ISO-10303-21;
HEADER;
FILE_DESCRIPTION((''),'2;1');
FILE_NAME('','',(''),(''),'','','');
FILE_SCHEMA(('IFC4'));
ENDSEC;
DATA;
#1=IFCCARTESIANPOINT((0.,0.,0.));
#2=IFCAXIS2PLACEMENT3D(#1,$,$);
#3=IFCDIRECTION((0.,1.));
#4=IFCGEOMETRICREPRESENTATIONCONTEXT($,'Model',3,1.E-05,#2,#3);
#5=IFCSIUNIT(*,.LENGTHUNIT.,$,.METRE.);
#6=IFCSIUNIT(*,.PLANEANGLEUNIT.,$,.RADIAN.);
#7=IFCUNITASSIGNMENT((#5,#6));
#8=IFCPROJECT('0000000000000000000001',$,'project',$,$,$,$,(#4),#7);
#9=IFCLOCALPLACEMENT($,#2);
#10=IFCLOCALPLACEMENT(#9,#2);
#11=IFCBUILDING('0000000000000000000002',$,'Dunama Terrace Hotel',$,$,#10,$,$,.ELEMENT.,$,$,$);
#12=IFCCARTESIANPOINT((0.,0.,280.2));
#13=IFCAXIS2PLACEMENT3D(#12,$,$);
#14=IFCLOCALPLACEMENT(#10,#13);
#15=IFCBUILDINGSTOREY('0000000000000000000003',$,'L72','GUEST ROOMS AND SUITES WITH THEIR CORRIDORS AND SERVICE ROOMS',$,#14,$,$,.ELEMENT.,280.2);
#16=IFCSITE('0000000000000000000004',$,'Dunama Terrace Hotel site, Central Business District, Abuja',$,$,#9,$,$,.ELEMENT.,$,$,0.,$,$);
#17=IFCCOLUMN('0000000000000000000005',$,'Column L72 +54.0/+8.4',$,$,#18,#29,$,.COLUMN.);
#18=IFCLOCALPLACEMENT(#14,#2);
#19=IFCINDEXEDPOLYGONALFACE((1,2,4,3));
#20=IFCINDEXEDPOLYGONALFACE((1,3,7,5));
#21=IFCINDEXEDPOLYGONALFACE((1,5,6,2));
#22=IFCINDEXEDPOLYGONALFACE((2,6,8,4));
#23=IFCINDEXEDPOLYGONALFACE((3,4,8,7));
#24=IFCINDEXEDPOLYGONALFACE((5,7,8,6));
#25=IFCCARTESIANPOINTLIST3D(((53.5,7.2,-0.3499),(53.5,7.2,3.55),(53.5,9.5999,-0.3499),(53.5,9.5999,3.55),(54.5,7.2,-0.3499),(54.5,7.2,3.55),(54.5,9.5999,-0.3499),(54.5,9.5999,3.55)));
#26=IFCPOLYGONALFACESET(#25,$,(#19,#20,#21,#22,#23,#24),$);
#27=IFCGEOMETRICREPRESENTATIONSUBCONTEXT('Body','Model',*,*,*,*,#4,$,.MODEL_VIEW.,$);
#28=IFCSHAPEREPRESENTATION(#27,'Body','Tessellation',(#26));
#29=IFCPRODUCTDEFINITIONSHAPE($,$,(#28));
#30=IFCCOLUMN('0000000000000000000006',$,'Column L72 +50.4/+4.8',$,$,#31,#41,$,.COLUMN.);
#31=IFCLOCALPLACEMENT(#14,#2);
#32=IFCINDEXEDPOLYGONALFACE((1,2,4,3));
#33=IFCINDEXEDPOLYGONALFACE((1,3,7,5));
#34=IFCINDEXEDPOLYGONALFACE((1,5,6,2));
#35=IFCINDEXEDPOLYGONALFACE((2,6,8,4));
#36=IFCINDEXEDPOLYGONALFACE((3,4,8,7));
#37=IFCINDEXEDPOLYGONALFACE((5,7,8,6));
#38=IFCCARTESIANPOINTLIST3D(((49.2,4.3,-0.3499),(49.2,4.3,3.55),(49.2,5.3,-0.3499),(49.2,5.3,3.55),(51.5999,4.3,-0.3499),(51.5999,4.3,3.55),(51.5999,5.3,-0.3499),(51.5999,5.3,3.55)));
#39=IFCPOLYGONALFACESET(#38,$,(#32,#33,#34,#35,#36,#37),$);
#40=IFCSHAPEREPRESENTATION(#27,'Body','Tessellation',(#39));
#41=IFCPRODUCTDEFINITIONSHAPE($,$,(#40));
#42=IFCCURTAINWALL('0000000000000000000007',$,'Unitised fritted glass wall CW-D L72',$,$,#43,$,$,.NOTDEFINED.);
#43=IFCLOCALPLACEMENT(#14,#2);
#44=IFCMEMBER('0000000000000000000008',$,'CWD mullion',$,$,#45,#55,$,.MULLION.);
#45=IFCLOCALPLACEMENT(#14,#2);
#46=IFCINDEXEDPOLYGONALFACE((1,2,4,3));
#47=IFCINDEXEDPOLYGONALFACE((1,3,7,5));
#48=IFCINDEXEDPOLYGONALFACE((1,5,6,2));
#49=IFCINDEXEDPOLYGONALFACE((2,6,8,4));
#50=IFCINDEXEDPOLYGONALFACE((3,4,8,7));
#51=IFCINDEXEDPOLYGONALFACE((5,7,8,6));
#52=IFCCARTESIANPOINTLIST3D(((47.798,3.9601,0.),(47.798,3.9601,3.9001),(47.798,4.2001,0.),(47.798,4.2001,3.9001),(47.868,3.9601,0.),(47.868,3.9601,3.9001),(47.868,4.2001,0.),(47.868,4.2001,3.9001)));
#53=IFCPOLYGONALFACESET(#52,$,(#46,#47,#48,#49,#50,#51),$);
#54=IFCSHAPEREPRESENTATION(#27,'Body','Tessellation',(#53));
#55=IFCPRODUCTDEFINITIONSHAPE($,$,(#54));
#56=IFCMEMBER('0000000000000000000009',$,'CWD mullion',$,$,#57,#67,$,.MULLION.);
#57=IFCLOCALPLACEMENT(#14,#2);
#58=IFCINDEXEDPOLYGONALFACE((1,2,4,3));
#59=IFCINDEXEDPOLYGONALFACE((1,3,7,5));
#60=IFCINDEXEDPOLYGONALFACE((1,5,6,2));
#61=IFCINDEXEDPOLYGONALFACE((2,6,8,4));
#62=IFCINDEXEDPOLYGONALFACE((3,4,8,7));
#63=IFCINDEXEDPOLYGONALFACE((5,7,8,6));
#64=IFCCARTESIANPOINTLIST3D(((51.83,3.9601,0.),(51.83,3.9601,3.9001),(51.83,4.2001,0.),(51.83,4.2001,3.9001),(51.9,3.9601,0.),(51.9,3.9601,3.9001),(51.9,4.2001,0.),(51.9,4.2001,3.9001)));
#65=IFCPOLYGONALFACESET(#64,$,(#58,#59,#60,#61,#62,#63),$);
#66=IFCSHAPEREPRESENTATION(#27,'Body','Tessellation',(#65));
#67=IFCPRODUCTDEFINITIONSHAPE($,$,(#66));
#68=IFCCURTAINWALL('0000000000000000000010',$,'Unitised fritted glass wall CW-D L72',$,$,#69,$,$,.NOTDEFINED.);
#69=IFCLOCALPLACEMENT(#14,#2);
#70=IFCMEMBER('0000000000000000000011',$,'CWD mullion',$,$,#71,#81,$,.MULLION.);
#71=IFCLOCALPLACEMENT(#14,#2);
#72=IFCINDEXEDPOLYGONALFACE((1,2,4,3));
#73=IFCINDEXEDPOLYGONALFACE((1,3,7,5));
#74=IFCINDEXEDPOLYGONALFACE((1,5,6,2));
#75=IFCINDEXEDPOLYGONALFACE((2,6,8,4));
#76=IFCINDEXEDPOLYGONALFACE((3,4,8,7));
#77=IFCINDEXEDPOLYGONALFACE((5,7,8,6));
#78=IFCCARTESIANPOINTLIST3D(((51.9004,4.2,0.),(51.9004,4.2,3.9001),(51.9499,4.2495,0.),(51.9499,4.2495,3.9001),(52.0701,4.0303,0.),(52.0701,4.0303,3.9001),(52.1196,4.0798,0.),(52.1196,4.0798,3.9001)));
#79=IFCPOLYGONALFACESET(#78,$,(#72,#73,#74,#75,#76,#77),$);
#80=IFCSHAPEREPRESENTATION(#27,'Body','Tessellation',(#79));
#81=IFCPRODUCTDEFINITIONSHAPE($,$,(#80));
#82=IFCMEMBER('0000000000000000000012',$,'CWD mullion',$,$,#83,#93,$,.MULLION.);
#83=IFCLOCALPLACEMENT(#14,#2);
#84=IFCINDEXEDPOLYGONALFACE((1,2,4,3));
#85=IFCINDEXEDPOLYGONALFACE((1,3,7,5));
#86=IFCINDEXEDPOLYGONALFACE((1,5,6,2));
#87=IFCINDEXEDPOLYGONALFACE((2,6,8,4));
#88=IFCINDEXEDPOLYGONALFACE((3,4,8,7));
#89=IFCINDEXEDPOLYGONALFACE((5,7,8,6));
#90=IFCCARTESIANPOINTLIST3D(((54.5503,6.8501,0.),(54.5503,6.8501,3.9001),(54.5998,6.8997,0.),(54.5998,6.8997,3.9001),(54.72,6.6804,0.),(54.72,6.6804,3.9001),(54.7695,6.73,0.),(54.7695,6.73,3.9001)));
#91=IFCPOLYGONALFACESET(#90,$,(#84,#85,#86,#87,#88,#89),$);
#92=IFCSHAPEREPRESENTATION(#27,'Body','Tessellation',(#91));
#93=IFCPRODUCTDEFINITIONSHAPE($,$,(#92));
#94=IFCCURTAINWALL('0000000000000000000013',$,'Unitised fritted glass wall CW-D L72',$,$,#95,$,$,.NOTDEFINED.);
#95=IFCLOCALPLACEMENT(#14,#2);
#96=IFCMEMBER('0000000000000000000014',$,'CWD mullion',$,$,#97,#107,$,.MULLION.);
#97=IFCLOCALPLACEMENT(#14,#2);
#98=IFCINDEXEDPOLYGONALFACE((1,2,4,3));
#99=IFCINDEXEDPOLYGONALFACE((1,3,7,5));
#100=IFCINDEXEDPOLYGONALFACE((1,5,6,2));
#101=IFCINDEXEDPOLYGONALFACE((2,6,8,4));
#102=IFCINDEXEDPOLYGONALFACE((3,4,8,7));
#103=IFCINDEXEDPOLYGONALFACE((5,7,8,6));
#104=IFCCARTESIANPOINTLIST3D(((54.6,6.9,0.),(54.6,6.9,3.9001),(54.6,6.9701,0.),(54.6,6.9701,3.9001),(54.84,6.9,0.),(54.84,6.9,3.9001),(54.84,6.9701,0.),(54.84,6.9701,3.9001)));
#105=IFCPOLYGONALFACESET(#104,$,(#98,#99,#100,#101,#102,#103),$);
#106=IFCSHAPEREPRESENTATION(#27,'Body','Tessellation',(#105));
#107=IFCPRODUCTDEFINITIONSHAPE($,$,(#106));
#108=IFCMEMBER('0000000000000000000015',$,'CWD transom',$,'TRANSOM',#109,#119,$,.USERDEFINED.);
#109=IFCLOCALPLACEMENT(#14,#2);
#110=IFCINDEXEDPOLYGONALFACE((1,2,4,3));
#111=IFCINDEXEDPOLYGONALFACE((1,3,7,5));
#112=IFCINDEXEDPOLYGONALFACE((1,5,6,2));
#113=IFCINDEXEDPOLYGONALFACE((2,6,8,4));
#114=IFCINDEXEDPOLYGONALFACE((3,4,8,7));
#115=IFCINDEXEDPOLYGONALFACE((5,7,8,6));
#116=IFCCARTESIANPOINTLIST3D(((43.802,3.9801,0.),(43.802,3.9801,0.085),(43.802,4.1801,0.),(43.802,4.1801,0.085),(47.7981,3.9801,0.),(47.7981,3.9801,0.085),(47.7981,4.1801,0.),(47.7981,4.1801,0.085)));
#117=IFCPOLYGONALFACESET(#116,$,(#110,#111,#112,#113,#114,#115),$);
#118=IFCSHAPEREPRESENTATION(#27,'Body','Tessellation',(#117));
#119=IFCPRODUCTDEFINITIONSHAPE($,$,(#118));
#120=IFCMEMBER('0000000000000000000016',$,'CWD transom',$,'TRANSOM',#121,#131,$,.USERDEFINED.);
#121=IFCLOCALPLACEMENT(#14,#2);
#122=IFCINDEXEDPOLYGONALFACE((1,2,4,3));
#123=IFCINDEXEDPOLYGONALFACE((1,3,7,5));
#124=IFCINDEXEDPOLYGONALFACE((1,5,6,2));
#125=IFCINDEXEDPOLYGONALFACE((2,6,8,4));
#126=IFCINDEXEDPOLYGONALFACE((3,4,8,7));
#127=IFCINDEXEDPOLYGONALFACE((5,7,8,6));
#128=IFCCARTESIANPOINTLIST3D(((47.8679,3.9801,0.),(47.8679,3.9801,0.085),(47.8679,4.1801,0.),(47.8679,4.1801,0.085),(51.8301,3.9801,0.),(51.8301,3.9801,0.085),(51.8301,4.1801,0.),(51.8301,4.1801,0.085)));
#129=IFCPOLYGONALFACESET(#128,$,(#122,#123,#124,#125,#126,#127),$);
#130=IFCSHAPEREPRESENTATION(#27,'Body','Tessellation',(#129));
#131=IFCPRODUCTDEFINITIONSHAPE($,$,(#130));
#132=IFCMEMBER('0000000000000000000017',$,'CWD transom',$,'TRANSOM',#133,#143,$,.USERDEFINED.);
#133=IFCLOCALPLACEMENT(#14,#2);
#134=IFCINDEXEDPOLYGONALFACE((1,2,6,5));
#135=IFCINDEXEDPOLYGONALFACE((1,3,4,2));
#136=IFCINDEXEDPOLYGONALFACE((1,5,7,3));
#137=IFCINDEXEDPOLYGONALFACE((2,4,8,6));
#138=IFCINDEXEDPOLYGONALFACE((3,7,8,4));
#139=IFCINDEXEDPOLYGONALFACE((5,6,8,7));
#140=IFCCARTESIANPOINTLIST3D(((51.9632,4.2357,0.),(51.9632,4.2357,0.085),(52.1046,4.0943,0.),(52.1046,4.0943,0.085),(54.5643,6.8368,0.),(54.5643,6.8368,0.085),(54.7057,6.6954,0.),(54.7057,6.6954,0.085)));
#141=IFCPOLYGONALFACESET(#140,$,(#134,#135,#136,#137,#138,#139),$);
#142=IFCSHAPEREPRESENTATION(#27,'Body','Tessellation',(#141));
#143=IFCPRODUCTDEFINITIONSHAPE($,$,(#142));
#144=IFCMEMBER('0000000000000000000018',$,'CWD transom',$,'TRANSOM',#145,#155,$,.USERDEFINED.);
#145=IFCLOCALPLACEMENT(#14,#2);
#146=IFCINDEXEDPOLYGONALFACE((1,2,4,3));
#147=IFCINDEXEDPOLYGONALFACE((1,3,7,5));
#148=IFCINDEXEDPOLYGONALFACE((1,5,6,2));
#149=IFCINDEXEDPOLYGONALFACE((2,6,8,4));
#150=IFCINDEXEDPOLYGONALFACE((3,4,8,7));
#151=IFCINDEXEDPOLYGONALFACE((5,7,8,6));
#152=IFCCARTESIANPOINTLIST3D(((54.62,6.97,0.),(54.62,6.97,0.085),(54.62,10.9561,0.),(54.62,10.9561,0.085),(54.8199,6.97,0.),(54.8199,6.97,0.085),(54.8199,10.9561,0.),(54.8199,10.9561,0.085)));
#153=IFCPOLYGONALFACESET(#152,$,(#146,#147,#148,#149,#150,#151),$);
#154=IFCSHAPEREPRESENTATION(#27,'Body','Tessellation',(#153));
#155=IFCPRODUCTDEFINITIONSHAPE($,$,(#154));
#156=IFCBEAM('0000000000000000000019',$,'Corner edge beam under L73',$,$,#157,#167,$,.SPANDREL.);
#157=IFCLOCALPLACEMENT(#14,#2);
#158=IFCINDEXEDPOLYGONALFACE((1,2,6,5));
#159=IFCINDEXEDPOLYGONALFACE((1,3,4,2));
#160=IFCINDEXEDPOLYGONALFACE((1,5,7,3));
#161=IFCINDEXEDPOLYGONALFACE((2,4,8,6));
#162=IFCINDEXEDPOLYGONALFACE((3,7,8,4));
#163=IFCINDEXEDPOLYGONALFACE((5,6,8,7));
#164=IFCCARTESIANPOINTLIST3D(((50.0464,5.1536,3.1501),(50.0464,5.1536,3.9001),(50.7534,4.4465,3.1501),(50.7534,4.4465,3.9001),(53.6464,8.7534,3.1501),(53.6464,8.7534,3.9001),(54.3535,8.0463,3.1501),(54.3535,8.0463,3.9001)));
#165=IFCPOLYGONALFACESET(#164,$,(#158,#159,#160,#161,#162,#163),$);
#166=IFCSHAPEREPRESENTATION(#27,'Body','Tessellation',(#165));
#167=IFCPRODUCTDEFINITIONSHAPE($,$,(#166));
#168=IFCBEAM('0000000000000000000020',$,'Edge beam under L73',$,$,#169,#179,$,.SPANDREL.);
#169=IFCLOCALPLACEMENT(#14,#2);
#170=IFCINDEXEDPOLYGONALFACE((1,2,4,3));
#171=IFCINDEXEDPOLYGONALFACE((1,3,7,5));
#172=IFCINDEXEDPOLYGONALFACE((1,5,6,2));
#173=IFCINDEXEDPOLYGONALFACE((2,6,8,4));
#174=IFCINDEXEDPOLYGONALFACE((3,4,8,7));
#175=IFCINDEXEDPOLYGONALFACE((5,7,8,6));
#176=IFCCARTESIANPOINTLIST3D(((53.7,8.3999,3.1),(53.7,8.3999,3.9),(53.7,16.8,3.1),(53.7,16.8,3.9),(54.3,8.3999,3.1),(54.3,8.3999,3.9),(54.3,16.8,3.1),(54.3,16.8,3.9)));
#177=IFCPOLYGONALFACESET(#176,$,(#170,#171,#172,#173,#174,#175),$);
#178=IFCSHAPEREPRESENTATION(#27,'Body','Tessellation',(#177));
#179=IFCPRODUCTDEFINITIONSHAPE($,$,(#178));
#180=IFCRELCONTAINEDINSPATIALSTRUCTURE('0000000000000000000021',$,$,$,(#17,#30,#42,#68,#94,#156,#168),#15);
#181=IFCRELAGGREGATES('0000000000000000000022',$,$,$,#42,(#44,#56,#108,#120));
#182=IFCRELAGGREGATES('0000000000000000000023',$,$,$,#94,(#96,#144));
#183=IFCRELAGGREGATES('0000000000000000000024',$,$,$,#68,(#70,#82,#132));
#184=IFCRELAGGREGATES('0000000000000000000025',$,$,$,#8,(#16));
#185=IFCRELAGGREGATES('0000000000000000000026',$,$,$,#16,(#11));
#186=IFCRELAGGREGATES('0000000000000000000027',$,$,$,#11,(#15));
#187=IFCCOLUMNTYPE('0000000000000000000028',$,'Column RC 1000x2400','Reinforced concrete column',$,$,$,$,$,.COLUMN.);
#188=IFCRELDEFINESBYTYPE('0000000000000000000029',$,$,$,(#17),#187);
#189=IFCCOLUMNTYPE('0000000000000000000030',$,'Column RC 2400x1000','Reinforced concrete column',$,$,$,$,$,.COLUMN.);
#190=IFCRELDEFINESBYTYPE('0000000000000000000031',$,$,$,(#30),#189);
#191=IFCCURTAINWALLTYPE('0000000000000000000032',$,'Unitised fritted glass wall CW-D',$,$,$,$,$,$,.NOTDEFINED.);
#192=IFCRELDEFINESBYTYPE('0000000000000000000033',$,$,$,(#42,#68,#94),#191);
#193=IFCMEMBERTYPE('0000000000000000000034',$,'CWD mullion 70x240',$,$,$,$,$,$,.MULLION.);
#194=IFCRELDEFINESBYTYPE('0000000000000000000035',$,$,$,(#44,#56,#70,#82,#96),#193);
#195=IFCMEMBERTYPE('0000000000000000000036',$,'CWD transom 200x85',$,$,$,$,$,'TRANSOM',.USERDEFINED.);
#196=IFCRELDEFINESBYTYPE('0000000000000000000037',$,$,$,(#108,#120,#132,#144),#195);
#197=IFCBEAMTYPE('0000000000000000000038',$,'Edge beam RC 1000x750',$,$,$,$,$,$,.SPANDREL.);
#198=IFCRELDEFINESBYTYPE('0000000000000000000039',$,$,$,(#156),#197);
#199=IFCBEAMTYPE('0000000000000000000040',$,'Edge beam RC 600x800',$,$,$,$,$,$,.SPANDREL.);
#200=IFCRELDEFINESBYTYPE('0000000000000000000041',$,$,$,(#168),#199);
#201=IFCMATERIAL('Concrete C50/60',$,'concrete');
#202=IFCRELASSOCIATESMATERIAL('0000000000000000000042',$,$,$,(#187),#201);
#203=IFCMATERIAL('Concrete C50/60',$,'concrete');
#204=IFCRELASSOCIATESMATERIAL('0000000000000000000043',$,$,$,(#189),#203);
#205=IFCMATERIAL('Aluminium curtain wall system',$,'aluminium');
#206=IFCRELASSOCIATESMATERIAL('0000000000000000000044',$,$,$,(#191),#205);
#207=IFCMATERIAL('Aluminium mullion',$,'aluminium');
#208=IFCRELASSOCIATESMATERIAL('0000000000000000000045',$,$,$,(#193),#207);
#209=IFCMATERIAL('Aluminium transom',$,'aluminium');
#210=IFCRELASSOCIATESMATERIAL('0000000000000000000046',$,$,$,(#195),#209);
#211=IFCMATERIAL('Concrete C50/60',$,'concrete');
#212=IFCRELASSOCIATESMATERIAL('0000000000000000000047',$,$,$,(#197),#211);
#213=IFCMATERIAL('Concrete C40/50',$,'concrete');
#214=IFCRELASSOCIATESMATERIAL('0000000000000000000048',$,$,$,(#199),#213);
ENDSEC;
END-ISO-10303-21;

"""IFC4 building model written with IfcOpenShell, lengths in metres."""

from ifc_helpers import new_model, si_unit, direction, frame, origin, origin_2d, place, context, subcontext, project, spatial, rectangle, extrude, material, material_profile, profile_set, type_object, element, aggregate, save


model = new_model("IFC4")

# Units and contexts
model_context = context("Model", 3, precision=1e-05, world=origin(), true_north=direction((0.0, 1.0)))
body_context = subcontext(model_context, "Body", "Model", "MODEL_VIEW")
ifc_project = project(units=[si_unit("LENGTHUNIT", "METRE"), si_unit("PLANEANGLEUNIT", "RADIAN")], contexts=[model_context])

# Site, building, storey
site_placement = place(None, origin())
site = spatial("IfcSite", under=ifc_project, at=site_placement, Name="Dunama Terrace Hotel site, Central Business District, Abuja", CompositionType="ELEMENT", RefElevation=0.0)
building_placement = place(site_placement, origin())
building = spatial("IfcBuilding", under=site, at=building_placement, Name="Dunama Terrace Hotel", CompositionType="ELEMENT")
storey_placement = place(building_placement, frame((0.0, 0.0, 280.2)))
storey = spatial("IfcBuildingStorey", under=building, at=storey_placement, Name="L72", Description="GUEST ROOMS AND SUITES WITH THEIR CORRIDORS AND SERVICE ROOMS", CompositionType="ELEMENT", Elevation=280.2)

# Columns
ifc_material_1 = material(Name="Concrete C50/60", Category="concrete")
ifc_material_profile_1 = material_profile(ifc_material_1, rectangle(XDim=1.0, YDim=2.3999, at=origin_2d()), Name="RC 1000x2400")
ifc_profile_set_1 = profile_set([ifc_material_profile_1], Name="Concrete C50/60")
column_type_1 = type_object("IfcColumnType", Name="Column RC 1000x2400", Description="Reinforced concrete column", PredefinedType="COLUMN", material=ifc_profile_set_1)
column_1_placement = place(storey_placement, frame((54.0, 8.3999, -0.3499), z_axis=(0.0, 0.0, 1.0), x_axis=(1.0, 0.0, 0.0)))
element("IfcColumn", 1, at=column_1_placement, inside=storey, type_object=column_type_1, Name="Column L72 +54.0/+8.4", PredefinedType="COLUMN", context=body_context, shape_type="SweptSolid", body=[
    extrude(rectangle(XDim=1.0, YDim=2.3999, at=origin_2d()), origin(), (0.0, 0.0, 1.0), 3.8999),
])
ifc_material_2 = material(Name="Concrete C50/60", Category="concrete")
ifc_material_profile_2 = material_profile(ifc_material_2, rectangle(XDim=2.3999, YDim=1.0, at=origin_2d()), Name="RC 2400x1000")
ifc_profile_set_2 = profile_set([ifc_material_profile_2], Name="Concrete C50/60")
column_type_2 = type_object("IfcColumnType", Name="Column RC 2400x1000", Description="Reinforced concrete column", PredefinedType="COLUMN", material=ifc_profile_set_2)
column_2_placement = place(storey_placement, frame((50.3999, 4.8, -0.3499), z_axis=(0.0, 0.0, 1.0), x_axis=(1.0, 0.0, 0.0)))
element("IfcColumn", 2, at=column_2_placement, inside=storey, type_object=column_type_2, Name="Column L72 +50.4/+4.8", PredefinedType="COLUMN", context=body_context, shape_type="SweptSolid", body=[
    extrude(rectangle(XDim=2.3999, YDim=1.0, at=origin_2d()), origin(), (0.0, 0.0, 1.0), 3.8999),
])

# Curtain walls, members
ifc_material_3 = material(Name="Aluminium curtain wall system", Category="aluminium")
curtain_wall_type = type_object("IfcCurtainWallType", Name="Unitised fritted glass wall CW-D", PredefinedType="NOTDEFINED", material=ifc_material_3)
curtain_wall_1_placement = place(storey_placement, origin())
curtain_wall_1 = element("IfcCurtainWall", 3, at=curtain_wall_1_placement, inside=storey, type_object=curtain_wall_type, Name="Unitised fritted glass wall CW-D L72", PredefinedType="NOTDEFINED")
ifc_material_4 = material(Name="Aluminium mullion", Category="aluminium")
ifc_material_profile_3 = material_profile(ifc_material_4, rectangle(XDim=0.0701, YDim=0.24, at=origin_2d()), Name="CWD MULLION 70X240")
ifc_profile_set_3 = profile_set([ifc_material_profile_3], Name="Aluminium mullion")
member_type_1 = type_object("IfcMemberType", Name="CWD mullion 70x240", PredefinedType="MULLION", material=ifc_profile_set_3)
member_1_placement = place(storey_placement, frame((47.833, 4.0801, 0.0), z_axis=(0.0, 0.0, 1.0), x_axis=(1.0, 0.0, 0.0)))
member_1 = element("IfcMember", 4, at=member_1_placement, type_object=member_type_1, Name="CWD mullion", PredefinedType="MULLION", context=body_context, shape_type="SweptSolid", body=[
    extrude(rectangle(XDim=0.0701, YDim=0.24, at=origin_2d()), origin(), (0.0, 0.0, 1.0), 3.9001),
])
member_2_placement = place(storey_placement, frame((51.865, 4.0801, 0.0), z_axis=(0.0, 0.0, 1.0), x_axis=(1.0, 0.0, 0.0)))
member_2 = element("IfcMember", 5, at=member_2_placement, type_object=member_type_1, Name="CWD mullion", PredefinedType="MULLION", context=body_context, shape_type="SweptSolid", body=[
    extrude(rectangle(XDim=0.0701, YDim=0.24, at=origin_2d()), origin(), (0.0, 0.0, 1.0), 3.9001),
])
curtain_wall_2_placement = place(storey_placement, origin())
curtain_wall_2 = element("IfcCurtainWall", 6, at=curtain_wall_2_placement, inside=storey, type_object=curtain_wall_type, Name="Unitised fritted glass wall CW-D L72", PredefinedType="NOTDEFINED")
member_3_placement = place(storey_placement, frame((52.01, 4.1399, 0.0), z_axis=(0.0, 0.0, 1.0), x_axis=(0.707107, 0.707107, 0.0)))
member_3 = element("IfcMember", 7, at=member_3_placement, type_object=member_type_1, Name="CWD mullion", PredefinedType="MULLION", context=body_context, shape_type="SweptSolid", body=[
    extrude(rectangle(XDim=0.0701, YDim=0.24, at=origin_2d()), origin(), (0.0, 0.0, 1.0), 3.9001),
])
member_4_placement = place(storey_placement, frame((54.6599, 6.79, 0.0), z_axis=(0.0, 0.0, 1.0), x_axis=(0.707107, 0.707107, 0.0)))
member_4 = element("IfcMember", 8, at=member_4_placement, type_object=member_type_1, Name="CWD mullion", PredefinedType="MULLION", context=body_context, shape_type="SweptSolid", body=[
    extrude(rectangle(XDim=0.0701, YDim=0.24, at=origin_2d()), origin(), (0.0, 0.0, 1.0), 3.9001),
])

# Curtain wall, member
curtain_wall_3_placement = place(storey_placement, origin())
curtain_wall_3 = element("IfcCurtainWall", 9, at=curtain_wall_3_placement, inside=storey, type_object=curtain_wall_type, Name="Unitised fritted glass wall CW-D L72", PredefinedType="NOTDEFINED")
member_5_placement = place(storey_placement, frame((54.72, 6.9351, 0.0), z_axis=(0.0, 0.0, 1.0), x_axis=(0.0, 1.0, 0.0)))
member_5 = element("IfcMember", 10, at=member_5_placement, type_object=member_type_1, Name="CWD mullion", PredefinedType="MULLION", context=body_context, shape_type="SweptSolid", body=[
    extrude(rectangle(XDim=0.0701, YDim=0.24, at=origin_2d()), origin(), (0.0, 0.0, 1.0), 3.9001),
])

# Members
ifc_material_5 = material(Name="Aluminium transom", Category="aluminium")
ifc_material_profile_4 = material_profile(ifc_material_5, rectangle(XDim=0.2, YDim=0.085, at=origin_2d()), Name="CWD TRANSOM 200X85")
ifc_profile_set_4 = profile_set([ifc_material_profile_4], Name="Aluminium transom")
member_type_2 = type_object("IfcMemberType", Name="CWD transom 200x85", ElementType="TRANSOM", PredefinedType="USERDEFINED", material=ifc_profile_set_4)
member_6_placement = place(storey_placement, frame((43.802, 4.0801, 0.0425), z_axis=(1.0, 0.0, 0.0), x_axis=(0.0, 1.0, 0.0)))
member_6 = element("IfcMember", 11, at=member_6_placement, type_object=member_type_2, Name="CWD transom", ObjectType="TRANSOM", PredefinedType="USERDEFINED", context=body_context, shape_type="SweptSolid", body=[
    extrude(rectangle(XDim=0.2, YDim=0.085, at=origin_2d()), origin(), (0.0, 0.0, 1.0), 3.9961),
])
member_7_placement = place(storey_placement, frame((47.8679, 4.0801, 0.0425), z_axis=(1.0, 0.0, 0.0), x_axis=(0.0, 1.0, 0.0)))
member_7 = element("IfcMember", 12, at=member_7_placement, type_object=member_type_2, Name="CWD transom", ObjectType="TRANSOM", PredefinedType="USERDEFINED", context=body_context, shape_type="SweptSolid", body=[
    extrude(rectangle(XDim=0.2, YDim=0.085, at=origin_2d()), origin(), (0.0, 0.0, 1.0), 3.9622),
])
member_8_placement = place(storey_placement, frame((52.0339, 4.165, 0.0425), z_axis=(0.707107, 0.707107, 0.0), x_axis=(-0.707107, 0.707107, 0.0)))
member_8 = element("IfcMember", 13, at=member_8_placement, type_object=member_type_2, Name="CWD transom", ObjectType="TRANSOM", PredefinedType="USERDEFINED", context=body_context, shape_type="SweptSolid", body=[
    extrude(rectangle(XDim=0.2, YDim=0.085, at=origin_2d()), origin(), (0.0, 0.0, 1.0), 3.6785),
])
member_9_placement = place(storey_placement, frame((54.72, 6.97, 0.0425), z_axis=(0.0, 1.0, 0.0), x_axis=(-1.0, 0.0, 0.0)))
member_9 = element("IfcMember", 14, at=member_9_placement, type_object=member_type_2, Name="CWD transom", ObjectType="TRANSOM", PredefinedType="USERDEFINED", context=body_context, shape_type="SweptSolid", body=[
    extrude(rectangle(XDim=0.2, YDim=0.085, at=origin_2d()), origin(), (0.0, 0.0, 1.0), 3.9861),
])

# Beams
ifc_material_6 = material(Name="Concrete C50/60", Category="concrete")
ifc_material_profile_5 = material_profile(ifc_material_6, rectangle(XDim=1.0, YDim=0.75, at=origin_2d()), Name="RC 1000x750")
ifc_profile_set_5 = profile_set([ifc_material_profile_5], Name="Concrete C50/60")
beam_type_1 = type_object("IfcBeamType", Name="Edge beam RC 1000x750", PredefinedType="SPANDREL", material=ifc_profile_set_5)
beam_1_placement = place(storey_placement, frame((50.3999, 4.8, 3.5251), z_axis=(0.707131, 0.707083, 0.0), x_axis=(-0.707083, 0.707131, 0.0)))
element("IfcBeam", 15, at=beam_1_placement, inside=storey, type_object=beam_type_1, Name="Corner edge beam under L73", PredefinedType="SPANDREL", context=body_context, shape_type="SweptSolid", body=[
    extrude(rectangle(XDim=1.0, YDim=0.75, at=origin_2d()), origin(), (0.0, 0.0, 1.0), 5.0911),
])
ifc_material_7 = material(Name="Concrete C40/50", Category="concrete")
ifc_material_profile_6 = material_profile(ifc_material_7, rectangle(XDim=0.6001, YDim=0.8, at=origin_2d()), Name="RC 600x800")
ifc_profile_set_6 = profile_set([ifc_material_profile_6], Name="Concrete C40/50")
beam_type_2 = type_object("IfcBeamType", Name="Edge beam RC 600x800", PredefinedType="SPANDREL", material=ifc_profile_set_6)
beam_2_placement = place(storey_placement, frame((54.0, 8.3999, 3.5), z_axis=(0.0, 1.0, 0.0), x_axis=(-1.0, 0.0, 0.0)))
element("IfcBeam", 16, at=beam_2_placement, inside=storey, type_object=beam_type_2, Name="Edge beam under L73", PredefinedType="SPANDREL", context=body_context, shape_type="SweptSolid", body=[
    extrude(rectangle(XDim=0.6001, YDim=0.8, at=origin_2d()), origin(), (0.0, 0.0, 1.0), 8.4001),
])

aggregate(curtain_wall_1, [member_1, member_2, member_6, member_7])
aggregate(curtain_wall_3, [member_5, member_9])
aggregate(curtain_wall_2, [member_3, member_4, member_8])

save(model, "model.ifc")
